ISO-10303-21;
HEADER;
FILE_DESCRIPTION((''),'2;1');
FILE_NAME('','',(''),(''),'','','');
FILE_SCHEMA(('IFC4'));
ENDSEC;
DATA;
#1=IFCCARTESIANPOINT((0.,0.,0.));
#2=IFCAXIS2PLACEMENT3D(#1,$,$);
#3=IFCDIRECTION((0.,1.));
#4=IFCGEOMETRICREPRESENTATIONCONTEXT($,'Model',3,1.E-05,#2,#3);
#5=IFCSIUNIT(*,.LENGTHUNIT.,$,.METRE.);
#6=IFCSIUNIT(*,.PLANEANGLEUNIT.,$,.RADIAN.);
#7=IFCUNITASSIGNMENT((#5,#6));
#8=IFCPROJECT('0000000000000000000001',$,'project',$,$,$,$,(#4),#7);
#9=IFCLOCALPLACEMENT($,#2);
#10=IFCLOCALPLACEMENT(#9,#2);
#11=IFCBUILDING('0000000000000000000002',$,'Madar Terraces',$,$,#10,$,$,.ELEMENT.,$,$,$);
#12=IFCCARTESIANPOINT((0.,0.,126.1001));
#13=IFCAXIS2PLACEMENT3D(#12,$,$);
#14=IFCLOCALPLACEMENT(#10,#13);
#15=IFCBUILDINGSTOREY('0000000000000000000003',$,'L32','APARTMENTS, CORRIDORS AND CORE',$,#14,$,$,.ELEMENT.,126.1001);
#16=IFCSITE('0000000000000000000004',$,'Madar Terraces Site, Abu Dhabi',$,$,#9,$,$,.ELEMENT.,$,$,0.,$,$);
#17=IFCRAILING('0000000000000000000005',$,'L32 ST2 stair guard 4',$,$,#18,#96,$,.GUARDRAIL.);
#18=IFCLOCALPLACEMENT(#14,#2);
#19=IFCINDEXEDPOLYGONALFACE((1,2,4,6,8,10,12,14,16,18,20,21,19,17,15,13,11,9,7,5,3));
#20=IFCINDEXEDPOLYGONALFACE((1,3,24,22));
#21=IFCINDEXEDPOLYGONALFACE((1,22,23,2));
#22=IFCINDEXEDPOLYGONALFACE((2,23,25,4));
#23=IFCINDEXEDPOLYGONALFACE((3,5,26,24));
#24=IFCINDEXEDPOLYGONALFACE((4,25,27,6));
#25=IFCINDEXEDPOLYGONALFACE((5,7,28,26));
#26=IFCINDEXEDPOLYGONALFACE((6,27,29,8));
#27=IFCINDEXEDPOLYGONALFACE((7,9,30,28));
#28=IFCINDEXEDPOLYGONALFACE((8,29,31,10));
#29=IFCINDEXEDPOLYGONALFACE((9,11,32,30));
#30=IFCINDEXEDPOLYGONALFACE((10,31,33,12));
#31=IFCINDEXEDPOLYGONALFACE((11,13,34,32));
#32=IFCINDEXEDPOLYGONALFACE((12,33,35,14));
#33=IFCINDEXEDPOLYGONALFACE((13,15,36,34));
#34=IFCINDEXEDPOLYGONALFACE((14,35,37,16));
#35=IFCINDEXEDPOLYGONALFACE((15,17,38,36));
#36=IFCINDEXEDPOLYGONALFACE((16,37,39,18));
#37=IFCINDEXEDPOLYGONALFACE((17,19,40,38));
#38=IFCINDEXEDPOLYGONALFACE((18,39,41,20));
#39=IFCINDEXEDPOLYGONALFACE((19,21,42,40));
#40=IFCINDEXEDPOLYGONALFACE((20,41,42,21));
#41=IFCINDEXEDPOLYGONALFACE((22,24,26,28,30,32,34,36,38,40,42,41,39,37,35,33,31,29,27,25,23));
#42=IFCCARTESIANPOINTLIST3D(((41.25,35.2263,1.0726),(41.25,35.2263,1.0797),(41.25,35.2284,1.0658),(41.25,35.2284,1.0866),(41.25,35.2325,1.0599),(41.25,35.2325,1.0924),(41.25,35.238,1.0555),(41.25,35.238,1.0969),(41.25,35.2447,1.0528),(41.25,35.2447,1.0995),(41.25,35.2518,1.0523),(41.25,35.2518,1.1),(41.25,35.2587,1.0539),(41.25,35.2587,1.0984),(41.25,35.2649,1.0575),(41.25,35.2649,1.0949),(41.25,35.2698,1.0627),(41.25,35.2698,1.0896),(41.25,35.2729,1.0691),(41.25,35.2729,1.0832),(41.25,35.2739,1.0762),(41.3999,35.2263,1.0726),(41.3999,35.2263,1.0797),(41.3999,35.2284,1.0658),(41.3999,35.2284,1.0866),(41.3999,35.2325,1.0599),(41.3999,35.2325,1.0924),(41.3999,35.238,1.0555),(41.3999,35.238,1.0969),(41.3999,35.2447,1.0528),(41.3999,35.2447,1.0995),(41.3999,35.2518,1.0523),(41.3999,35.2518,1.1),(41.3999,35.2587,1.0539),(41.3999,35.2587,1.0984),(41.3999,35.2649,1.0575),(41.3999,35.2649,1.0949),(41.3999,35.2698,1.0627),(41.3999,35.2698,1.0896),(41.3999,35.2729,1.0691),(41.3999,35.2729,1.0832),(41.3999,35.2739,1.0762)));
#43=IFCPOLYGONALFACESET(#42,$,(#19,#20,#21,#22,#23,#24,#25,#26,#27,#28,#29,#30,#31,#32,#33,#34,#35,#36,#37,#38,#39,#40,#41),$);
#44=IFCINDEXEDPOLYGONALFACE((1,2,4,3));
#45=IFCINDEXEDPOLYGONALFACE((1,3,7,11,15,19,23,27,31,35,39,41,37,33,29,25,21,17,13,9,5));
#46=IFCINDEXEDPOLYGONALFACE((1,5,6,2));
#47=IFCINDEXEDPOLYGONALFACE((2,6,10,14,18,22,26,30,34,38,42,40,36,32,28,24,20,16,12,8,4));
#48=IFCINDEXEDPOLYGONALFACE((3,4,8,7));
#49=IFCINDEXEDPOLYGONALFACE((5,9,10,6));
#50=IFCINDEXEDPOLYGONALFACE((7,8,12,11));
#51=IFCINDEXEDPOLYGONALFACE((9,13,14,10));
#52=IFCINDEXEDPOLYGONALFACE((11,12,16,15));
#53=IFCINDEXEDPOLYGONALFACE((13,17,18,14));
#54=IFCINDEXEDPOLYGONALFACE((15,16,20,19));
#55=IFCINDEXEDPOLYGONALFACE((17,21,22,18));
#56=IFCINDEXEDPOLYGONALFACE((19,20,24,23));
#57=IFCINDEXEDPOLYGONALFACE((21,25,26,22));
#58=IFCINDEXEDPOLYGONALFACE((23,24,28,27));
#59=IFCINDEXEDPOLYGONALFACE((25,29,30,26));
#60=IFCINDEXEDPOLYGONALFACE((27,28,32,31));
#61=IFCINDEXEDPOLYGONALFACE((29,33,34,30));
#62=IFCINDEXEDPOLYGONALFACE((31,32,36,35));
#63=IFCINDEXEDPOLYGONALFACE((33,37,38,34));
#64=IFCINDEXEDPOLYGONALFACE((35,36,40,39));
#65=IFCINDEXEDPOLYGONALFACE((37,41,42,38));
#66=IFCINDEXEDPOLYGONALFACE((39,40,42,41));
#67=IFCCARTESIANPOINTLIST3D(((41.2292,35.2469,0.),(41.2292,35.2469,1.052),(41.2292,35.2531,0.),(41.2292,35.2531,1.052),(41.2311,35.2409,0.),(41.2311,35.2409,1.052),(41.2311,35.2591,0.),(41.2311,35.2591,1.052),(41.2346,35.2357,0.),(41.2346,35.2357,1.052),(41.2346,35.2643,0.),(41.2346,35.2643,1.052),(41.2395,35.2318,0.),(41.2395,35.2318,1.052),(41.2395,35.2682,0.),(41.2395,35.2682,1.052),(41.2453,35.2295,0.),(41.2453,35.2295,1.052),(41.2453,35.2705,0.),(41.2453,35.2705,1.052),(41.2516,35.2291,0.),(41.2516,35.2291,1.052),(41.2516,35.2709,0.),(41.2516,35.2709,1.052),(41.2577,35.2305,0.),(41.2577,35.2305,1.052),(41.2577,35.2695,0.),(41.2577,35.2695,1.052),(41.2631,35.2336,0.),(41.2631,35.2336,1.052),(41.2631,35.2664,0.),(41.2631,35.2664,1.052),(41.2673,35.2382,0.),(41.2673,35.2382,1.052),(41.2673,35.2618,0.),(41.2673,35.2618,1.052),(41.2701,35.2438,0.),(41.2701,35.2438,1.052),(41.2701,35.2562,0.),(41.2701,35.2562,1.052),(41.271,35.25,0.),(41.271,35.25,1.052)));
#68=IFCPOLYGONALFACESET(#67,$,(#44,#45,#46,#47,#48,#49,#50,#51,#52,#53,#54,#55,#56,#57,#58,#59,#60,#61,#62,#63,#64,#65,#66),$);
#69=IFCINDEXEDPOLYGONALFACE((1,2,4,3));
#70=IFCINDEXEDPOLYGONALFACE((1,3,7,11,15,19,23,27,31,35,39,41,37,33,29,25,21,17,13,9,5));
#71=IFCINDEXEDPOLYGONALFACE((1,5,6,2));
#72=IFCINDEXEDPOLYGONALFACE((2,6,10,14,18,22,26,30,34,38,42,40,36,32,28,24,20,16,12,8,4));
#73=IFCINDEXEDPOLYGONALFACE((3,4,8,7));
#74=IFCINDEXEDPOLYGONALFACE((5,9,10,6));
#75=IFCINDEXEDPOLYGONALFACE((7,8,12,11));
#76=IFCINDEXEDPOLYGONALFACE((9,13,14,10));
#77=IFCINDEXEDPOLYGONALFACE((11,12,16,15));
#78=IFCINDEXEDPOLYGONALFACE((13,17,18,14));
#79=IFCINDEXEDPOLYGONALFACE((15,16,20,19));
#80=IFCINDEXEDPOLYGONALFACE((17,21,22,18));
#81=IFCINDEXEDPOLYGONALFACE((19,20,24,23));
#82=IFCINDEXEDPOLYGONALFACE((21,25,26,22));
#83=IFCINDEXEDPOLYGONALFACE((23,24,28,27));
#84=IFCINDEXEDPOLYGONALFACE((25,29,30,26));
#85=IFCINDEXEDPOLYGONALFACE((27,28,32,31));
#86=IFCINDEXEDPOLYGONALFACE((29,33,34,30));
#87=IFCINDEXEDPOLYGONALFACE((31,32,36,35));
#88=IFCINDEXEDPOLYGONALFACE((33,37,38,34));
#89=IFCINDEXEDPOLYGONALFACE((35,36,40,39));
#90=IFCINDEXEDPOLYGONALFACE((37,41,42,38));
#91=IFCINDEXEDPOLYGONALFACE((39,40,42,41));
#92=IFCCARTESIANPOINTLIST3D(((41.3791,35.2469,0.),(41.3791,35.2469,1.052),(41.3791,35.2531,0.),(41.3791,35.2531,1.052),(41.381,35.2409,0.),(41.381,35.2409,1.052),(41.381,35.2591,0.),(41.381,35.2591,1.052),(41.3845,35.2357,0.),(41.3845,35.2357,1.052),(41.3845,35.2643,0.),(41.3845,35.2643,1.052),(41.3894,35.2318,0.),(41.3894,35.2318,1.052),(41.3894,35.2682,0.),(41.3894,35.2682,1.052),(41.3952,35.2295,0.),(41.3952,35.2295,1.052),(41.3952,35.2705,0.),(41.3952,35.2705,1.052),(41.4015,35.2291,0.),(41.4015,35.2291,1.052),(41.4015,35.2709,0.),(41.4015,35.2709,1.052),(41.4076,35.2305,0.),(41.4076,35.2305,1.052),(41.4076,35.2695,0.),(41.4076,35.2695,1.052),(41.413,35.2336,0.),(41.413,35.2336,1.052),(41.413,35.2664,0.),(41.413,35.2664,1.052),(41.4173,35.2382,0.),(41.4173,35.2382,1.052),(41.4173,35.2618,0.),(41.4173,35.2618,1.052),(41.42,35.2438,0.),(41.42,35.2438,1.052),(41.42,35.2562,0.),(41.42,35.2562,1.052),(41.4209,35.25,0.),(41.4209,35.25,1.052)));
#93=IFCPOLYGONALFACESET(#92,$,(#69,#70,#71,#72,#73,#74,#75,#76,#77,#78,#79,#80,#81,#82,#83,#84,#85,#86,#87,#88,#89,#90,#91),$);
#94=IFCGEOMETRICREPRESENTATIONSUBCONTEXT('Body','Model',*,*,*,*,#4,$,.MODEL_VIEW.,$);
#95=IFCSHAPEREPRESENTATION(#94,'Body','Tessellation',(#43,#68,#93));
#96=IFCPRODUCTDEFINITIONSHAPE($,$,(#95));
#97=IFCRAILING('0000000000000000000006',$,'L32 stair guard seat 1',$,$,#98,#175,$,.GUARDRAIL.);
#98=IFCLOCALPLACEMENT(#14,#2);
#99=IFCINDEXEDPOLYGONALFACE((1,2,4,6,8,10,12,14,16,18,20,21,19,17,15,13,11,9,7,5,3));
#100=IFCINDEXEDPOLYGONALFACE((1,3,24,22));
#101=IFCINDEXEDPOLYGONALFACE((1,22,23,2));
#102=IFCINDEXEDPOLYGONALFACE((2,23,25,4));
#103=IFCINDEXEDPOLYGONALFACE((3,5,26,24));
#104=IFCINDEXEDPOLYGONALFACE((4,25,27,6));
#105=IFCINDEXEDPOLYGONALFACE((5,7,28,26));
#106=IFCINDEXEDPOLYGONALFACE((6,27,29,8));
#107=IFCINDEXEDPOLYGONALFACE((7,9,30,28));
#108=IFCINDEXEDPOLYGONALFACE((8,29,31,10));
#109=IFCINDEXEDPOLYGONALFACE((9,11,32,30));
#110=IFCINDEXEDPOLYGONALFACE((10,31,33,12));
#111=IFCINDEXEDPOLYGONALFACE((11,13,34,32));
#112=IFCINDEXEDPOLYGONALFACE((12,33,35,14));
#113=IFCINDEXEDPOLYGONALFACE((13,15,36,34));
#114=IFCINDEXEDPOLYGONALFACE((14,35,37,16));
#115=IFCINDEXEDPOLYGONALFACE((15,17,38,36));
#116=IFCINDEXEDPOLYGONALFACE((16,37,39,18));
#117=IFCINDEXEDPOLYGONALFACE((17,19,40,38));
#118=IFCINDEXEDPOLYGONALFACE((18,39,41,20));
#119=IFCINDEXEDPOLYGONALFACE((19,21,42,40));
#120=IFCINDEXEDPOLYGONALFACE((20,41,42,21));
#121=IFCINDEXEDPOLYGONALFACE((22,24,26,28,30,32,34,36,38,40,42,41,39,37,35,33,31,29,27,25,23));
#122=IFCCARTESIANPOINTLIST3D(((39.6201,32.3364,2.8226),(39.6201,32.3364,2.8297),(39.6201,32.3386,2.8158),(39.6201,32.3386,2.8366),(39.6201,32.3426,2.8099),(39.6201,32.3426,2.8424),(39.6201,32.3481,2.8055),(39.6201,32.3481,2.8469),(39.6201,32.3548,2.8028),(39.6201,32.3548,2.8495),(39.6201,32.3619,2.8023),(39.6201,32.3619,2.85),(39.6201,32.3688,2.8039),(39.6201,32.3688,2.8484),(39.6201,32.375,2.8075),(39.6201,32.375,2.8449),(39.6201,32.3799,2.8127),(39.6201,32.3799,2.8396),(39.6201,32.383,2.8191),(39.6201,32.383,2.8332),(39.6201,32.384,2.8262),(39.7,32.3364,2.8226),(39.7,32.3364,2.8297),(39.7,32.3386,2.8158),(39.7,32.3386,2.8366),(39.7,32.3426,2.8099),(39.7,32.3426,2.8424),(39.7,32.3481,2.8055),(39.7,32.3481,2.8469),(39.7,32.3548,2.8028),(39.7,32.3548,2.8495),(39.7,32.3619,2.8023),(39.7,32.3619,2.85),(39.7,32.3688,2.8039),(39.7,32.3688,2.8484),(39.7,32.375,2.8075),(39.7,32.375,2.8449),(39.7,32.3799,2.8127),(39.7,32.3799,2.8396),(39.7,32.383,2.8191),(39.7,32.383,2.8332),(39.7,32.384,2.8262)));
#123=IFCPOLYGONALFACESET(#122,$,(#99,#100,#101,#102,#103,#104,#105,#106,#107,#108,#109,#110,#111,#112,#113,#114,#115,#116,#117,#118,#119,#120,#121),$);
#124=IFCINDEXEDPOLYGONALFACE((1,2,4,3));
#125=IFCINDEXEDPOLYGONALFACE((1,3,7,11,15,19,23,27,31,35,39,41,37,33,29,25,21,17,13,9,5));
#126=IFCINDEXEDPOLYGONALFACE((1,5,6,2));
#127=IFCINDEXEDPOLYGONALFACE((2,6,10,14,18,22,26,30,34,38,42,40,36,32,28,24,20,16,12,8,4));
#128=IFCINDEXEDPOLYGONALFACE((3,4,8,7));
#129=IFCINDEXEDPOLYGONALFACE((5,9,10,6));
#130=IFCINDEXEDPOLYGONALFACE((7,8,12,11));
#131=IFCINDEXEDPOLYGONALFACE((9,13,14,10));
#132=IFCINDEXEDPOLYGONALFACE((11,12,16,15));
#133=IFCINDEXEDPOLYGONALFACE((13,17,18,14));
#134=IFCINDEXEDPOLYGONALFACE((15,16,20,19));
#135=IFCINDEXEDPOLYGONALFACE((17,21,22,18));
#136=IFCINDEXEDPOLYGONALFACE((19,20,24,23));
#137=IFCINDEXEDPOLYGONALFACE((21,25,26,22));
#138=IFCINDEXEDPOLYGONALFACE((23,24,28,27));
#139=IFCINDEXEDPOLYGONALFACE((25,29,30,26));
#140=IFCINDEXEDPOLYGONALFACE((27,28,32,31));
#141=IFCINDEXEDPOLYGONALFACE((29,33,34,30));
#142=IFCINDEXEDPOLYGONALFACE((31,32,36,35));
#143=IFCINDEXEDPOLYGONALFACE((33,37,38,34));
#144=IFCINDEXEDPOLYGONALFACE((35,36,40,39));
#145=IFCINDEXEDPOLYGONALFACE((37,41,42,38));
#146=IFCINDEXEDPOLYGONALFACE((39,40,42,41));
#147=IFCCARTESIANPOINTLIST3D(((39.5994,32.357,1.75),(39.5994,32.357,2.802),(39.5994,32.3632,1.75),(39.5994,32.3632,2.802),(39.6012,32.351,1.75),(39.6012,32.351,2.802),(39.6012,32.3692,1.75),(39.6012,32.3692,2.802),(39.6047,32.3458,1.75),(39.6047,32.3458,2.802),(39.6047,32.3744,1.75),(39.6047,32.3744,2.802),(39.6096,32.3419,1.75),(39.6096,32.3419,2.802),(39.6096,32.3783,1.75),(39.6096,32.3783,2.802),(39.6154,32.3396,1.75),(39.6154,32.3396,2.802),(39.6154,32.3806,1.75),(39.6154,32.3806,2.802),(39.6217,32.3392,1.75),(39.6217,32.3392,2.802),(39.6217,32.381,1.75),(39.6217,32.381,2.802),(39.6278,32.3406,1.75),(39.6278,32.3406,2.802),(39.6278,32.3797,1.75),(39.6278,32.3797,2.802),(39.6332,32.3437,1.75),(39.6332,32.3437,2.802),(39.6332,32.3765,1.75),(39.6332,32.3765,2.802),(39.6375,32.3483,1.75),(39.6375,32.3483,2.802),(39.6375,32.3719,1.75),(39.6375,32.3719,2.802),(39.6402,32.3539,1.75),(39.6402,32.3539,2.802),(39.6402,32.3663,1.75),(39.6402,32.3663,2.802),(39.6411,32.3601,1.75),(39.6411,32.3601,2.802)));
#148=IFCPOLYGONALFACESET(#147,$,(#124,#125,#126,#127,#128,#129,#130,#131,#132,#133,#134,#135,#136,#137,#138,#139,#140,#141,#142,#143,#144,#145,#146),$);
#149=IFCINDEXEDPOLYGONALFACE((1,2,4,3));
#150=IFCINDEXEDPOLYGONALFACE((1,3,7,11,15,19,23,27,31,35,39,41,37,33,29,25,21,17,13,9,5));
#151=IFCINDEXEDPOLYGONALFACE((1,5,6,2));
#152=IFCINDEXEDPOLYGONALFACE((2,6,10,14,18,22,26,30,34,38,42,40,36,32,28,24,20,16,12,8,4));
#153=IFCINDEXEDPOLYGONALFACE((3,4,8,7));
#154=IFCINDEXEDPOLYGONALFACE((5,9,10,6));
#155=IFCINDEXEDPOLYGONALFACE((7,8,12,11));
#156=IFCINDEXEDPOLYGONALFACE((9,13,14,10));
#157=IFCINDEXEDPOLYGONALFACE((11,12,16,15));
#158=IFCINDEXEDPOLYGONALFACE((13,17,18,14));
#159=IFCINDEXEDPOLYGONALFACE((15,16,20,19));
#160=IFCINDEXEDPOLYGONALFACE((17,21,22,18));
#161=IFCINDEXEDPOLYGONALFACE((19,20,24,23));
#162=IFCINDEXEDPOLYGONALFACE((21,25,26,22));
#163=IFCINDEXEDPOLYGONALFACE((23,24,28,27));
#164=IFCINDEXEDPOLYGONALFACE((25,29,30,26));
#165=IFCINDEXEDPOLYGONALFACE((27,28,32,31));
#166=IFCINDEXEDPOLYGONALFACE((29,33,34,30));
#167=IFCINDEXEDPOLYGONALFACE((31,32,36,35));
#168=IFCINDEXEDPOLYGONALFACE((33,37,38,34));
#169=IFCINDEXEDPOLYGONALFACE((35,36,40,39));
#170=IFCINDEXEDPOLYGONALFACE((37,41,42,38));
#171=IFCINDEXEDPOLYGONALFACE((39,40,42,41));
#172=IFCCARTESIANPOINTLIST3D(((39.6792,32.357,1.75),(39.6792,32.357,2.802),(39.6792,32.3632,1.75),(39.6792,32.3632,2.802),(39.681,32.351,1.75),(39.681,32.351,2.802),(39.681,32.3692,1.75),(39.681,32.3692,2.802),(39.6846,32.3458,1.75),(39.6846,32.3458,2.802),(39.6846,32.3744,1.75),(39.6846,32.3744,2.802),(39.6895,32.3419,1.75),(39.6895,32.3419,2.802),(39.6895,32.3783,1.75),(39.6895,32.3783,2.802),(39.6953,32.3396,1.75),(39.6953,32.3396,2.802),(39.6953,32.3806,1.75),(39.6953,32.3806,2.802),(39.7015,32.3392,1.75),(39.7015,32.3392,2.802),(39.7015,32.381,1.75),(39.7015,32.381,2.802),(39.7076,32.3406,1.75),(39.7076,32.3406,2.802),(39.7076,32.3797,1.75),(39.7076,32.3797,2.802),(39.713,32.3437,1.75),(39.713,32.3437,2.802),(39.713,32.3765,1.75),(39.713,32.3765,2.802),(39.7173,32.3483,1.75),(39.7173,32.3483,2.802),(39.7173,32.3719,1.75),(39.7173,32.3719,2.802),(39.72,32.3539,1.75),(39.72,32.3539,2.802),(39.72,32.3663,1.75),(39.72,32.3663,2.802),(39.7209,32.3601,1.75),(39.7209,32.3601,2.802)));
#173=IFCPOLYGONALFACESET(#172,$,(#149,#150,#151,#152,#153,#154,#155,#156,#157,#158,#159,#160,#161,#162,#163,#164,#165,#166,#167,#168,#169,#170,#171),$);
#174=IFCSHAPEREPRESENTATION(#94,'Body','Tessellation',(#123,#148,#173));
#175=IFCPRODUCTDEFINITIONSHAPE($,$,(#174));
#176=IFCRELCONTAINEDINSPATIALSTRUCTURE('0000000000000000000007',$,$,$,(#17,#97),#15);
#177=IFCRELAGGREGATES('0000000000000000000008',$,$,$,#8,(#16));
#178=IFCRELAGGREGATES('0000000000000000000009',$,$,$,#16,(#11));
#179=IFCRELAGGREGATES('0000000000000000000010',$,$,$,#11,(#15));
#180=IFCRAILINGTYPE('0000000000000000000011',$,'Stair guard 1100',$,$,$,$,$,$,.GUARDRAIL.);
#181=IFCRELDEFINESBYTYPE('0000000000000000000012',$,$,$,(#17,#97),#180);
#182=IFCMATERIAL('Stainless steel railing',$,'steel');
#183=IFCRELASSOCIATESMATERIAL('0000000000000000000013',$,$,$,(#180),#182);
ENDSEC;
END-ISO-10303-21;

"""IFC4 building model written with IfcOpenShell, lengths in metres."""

from ifc_helpers import new_model, si_unit, direction, frame, origin, origin_2d, place, context, subcontext, project, spatial, circle, extrude, material, type_object, element, save


model = new_model("IFC4")

# Units and contexts
model_context = context("Model", 3, precision=1e-05, world=origin(), true_north=direction((0.0, 1.0)))
body_context = subcontext(model_context, "Body", "Model", "MODEL_VIEW")
ifc_project = project(units=[si_unit("LENGTHUNIT", "METRE"), si_unit("PLANEANGLEUNIT", "RADIAN")], contexts=[model_context])

# Site, building, storey
site_placement = place(None, origin())
site = spatial("IfcSite", under=ifc_project, at=site_placement, Name="Madar Terraces Site, Abu Dhabi", CompositionType="ELEMENT", RefElevation=0.0)
building_placement = place(site_placement, origin())
building = spatial("IfcBuilding", under=site, at=building_placement, Name="Madar Terraces", CompositionType="ELEMENT")
storey_placement = place(building_placement, frame((0.0, 0.0, 126.1001)))
storey = spatial("IfcBuildingStorey", under=building, at=storey_placement, Name="L32", Description="APARTMENTS, CORRIDORS AND CORE", CompositionType="ELEMENT", Elevation=126.1001)

# Railings
ifc_material_1 = material(Name="Stainless steel railing", Category="steel")
railing_type_1 = type_object("IfcRailingType", Name="Stair guard 1100", PredefinedType="GUARDRAIL", material=ifc_material_1)
railing_1_placement = place(storey_placement, frame((41.25, 35.25, 0.0)))
element("IfcRailing", 1, at=railing_1_placement, inside=storey, type_object=railing_type_1, Name="L32 ST2 stair guard 4", PredefinedType="GUARDRAIL", context=body_context, shape_type="SweptSolid", body=[
    extrude(circle(Radius=0.0239, at=origin_2d()), frame((0.0, 0.0, 1.0762), z_axis=(1.0, 0.0, 0.0), x_axis=(0.0, 1.0, 0.0)), (0.0, 0.0, 1.0), 0.1499),
    extrude(circle(Radius=0.021, at=origin_2d()), origin(), (0.0, 0.0, 1.0), 1.052),
    extrude(circle(Radius=0.021, at=origin_2d()), frame((0.1499, 0.0, 0.0)), (0.0, 0.0, 1.0), 1.052),
])
railing_2_placement = place(storey_placement, frame((39.6201, 32.3601, 1.75)))
element("IfcRailing", 2, at=railing_2_placement, inside=storey, type_object=railing_type_1, Name="L32 stair guard seat 1", PredefinedType="GUARDRAIL", context=body_context, shape_type="SweptSolid", body=[
    extrude(circle(Radius=0.0239, at=origin_2d()), frame((0.0, 0.0, 1.0762), z_axis=(1.0, 0.0, 0.0), x_axis=(0.0, 1.0, 0.0)), (0.0, 0.0, 1.0), 0.0798),
    extrude(circle(Radius=0.021, at=origin_2d()), origin(), (0.0, 0.0, 1.0), 1.052),
    extrude(circle(Radius=0.021, at=origin_2d()), frame((0.0798, 0.0, 0.0)), (0.0, 0.0, 1.0), 1.052),
])

save(model, "model.ifc")
